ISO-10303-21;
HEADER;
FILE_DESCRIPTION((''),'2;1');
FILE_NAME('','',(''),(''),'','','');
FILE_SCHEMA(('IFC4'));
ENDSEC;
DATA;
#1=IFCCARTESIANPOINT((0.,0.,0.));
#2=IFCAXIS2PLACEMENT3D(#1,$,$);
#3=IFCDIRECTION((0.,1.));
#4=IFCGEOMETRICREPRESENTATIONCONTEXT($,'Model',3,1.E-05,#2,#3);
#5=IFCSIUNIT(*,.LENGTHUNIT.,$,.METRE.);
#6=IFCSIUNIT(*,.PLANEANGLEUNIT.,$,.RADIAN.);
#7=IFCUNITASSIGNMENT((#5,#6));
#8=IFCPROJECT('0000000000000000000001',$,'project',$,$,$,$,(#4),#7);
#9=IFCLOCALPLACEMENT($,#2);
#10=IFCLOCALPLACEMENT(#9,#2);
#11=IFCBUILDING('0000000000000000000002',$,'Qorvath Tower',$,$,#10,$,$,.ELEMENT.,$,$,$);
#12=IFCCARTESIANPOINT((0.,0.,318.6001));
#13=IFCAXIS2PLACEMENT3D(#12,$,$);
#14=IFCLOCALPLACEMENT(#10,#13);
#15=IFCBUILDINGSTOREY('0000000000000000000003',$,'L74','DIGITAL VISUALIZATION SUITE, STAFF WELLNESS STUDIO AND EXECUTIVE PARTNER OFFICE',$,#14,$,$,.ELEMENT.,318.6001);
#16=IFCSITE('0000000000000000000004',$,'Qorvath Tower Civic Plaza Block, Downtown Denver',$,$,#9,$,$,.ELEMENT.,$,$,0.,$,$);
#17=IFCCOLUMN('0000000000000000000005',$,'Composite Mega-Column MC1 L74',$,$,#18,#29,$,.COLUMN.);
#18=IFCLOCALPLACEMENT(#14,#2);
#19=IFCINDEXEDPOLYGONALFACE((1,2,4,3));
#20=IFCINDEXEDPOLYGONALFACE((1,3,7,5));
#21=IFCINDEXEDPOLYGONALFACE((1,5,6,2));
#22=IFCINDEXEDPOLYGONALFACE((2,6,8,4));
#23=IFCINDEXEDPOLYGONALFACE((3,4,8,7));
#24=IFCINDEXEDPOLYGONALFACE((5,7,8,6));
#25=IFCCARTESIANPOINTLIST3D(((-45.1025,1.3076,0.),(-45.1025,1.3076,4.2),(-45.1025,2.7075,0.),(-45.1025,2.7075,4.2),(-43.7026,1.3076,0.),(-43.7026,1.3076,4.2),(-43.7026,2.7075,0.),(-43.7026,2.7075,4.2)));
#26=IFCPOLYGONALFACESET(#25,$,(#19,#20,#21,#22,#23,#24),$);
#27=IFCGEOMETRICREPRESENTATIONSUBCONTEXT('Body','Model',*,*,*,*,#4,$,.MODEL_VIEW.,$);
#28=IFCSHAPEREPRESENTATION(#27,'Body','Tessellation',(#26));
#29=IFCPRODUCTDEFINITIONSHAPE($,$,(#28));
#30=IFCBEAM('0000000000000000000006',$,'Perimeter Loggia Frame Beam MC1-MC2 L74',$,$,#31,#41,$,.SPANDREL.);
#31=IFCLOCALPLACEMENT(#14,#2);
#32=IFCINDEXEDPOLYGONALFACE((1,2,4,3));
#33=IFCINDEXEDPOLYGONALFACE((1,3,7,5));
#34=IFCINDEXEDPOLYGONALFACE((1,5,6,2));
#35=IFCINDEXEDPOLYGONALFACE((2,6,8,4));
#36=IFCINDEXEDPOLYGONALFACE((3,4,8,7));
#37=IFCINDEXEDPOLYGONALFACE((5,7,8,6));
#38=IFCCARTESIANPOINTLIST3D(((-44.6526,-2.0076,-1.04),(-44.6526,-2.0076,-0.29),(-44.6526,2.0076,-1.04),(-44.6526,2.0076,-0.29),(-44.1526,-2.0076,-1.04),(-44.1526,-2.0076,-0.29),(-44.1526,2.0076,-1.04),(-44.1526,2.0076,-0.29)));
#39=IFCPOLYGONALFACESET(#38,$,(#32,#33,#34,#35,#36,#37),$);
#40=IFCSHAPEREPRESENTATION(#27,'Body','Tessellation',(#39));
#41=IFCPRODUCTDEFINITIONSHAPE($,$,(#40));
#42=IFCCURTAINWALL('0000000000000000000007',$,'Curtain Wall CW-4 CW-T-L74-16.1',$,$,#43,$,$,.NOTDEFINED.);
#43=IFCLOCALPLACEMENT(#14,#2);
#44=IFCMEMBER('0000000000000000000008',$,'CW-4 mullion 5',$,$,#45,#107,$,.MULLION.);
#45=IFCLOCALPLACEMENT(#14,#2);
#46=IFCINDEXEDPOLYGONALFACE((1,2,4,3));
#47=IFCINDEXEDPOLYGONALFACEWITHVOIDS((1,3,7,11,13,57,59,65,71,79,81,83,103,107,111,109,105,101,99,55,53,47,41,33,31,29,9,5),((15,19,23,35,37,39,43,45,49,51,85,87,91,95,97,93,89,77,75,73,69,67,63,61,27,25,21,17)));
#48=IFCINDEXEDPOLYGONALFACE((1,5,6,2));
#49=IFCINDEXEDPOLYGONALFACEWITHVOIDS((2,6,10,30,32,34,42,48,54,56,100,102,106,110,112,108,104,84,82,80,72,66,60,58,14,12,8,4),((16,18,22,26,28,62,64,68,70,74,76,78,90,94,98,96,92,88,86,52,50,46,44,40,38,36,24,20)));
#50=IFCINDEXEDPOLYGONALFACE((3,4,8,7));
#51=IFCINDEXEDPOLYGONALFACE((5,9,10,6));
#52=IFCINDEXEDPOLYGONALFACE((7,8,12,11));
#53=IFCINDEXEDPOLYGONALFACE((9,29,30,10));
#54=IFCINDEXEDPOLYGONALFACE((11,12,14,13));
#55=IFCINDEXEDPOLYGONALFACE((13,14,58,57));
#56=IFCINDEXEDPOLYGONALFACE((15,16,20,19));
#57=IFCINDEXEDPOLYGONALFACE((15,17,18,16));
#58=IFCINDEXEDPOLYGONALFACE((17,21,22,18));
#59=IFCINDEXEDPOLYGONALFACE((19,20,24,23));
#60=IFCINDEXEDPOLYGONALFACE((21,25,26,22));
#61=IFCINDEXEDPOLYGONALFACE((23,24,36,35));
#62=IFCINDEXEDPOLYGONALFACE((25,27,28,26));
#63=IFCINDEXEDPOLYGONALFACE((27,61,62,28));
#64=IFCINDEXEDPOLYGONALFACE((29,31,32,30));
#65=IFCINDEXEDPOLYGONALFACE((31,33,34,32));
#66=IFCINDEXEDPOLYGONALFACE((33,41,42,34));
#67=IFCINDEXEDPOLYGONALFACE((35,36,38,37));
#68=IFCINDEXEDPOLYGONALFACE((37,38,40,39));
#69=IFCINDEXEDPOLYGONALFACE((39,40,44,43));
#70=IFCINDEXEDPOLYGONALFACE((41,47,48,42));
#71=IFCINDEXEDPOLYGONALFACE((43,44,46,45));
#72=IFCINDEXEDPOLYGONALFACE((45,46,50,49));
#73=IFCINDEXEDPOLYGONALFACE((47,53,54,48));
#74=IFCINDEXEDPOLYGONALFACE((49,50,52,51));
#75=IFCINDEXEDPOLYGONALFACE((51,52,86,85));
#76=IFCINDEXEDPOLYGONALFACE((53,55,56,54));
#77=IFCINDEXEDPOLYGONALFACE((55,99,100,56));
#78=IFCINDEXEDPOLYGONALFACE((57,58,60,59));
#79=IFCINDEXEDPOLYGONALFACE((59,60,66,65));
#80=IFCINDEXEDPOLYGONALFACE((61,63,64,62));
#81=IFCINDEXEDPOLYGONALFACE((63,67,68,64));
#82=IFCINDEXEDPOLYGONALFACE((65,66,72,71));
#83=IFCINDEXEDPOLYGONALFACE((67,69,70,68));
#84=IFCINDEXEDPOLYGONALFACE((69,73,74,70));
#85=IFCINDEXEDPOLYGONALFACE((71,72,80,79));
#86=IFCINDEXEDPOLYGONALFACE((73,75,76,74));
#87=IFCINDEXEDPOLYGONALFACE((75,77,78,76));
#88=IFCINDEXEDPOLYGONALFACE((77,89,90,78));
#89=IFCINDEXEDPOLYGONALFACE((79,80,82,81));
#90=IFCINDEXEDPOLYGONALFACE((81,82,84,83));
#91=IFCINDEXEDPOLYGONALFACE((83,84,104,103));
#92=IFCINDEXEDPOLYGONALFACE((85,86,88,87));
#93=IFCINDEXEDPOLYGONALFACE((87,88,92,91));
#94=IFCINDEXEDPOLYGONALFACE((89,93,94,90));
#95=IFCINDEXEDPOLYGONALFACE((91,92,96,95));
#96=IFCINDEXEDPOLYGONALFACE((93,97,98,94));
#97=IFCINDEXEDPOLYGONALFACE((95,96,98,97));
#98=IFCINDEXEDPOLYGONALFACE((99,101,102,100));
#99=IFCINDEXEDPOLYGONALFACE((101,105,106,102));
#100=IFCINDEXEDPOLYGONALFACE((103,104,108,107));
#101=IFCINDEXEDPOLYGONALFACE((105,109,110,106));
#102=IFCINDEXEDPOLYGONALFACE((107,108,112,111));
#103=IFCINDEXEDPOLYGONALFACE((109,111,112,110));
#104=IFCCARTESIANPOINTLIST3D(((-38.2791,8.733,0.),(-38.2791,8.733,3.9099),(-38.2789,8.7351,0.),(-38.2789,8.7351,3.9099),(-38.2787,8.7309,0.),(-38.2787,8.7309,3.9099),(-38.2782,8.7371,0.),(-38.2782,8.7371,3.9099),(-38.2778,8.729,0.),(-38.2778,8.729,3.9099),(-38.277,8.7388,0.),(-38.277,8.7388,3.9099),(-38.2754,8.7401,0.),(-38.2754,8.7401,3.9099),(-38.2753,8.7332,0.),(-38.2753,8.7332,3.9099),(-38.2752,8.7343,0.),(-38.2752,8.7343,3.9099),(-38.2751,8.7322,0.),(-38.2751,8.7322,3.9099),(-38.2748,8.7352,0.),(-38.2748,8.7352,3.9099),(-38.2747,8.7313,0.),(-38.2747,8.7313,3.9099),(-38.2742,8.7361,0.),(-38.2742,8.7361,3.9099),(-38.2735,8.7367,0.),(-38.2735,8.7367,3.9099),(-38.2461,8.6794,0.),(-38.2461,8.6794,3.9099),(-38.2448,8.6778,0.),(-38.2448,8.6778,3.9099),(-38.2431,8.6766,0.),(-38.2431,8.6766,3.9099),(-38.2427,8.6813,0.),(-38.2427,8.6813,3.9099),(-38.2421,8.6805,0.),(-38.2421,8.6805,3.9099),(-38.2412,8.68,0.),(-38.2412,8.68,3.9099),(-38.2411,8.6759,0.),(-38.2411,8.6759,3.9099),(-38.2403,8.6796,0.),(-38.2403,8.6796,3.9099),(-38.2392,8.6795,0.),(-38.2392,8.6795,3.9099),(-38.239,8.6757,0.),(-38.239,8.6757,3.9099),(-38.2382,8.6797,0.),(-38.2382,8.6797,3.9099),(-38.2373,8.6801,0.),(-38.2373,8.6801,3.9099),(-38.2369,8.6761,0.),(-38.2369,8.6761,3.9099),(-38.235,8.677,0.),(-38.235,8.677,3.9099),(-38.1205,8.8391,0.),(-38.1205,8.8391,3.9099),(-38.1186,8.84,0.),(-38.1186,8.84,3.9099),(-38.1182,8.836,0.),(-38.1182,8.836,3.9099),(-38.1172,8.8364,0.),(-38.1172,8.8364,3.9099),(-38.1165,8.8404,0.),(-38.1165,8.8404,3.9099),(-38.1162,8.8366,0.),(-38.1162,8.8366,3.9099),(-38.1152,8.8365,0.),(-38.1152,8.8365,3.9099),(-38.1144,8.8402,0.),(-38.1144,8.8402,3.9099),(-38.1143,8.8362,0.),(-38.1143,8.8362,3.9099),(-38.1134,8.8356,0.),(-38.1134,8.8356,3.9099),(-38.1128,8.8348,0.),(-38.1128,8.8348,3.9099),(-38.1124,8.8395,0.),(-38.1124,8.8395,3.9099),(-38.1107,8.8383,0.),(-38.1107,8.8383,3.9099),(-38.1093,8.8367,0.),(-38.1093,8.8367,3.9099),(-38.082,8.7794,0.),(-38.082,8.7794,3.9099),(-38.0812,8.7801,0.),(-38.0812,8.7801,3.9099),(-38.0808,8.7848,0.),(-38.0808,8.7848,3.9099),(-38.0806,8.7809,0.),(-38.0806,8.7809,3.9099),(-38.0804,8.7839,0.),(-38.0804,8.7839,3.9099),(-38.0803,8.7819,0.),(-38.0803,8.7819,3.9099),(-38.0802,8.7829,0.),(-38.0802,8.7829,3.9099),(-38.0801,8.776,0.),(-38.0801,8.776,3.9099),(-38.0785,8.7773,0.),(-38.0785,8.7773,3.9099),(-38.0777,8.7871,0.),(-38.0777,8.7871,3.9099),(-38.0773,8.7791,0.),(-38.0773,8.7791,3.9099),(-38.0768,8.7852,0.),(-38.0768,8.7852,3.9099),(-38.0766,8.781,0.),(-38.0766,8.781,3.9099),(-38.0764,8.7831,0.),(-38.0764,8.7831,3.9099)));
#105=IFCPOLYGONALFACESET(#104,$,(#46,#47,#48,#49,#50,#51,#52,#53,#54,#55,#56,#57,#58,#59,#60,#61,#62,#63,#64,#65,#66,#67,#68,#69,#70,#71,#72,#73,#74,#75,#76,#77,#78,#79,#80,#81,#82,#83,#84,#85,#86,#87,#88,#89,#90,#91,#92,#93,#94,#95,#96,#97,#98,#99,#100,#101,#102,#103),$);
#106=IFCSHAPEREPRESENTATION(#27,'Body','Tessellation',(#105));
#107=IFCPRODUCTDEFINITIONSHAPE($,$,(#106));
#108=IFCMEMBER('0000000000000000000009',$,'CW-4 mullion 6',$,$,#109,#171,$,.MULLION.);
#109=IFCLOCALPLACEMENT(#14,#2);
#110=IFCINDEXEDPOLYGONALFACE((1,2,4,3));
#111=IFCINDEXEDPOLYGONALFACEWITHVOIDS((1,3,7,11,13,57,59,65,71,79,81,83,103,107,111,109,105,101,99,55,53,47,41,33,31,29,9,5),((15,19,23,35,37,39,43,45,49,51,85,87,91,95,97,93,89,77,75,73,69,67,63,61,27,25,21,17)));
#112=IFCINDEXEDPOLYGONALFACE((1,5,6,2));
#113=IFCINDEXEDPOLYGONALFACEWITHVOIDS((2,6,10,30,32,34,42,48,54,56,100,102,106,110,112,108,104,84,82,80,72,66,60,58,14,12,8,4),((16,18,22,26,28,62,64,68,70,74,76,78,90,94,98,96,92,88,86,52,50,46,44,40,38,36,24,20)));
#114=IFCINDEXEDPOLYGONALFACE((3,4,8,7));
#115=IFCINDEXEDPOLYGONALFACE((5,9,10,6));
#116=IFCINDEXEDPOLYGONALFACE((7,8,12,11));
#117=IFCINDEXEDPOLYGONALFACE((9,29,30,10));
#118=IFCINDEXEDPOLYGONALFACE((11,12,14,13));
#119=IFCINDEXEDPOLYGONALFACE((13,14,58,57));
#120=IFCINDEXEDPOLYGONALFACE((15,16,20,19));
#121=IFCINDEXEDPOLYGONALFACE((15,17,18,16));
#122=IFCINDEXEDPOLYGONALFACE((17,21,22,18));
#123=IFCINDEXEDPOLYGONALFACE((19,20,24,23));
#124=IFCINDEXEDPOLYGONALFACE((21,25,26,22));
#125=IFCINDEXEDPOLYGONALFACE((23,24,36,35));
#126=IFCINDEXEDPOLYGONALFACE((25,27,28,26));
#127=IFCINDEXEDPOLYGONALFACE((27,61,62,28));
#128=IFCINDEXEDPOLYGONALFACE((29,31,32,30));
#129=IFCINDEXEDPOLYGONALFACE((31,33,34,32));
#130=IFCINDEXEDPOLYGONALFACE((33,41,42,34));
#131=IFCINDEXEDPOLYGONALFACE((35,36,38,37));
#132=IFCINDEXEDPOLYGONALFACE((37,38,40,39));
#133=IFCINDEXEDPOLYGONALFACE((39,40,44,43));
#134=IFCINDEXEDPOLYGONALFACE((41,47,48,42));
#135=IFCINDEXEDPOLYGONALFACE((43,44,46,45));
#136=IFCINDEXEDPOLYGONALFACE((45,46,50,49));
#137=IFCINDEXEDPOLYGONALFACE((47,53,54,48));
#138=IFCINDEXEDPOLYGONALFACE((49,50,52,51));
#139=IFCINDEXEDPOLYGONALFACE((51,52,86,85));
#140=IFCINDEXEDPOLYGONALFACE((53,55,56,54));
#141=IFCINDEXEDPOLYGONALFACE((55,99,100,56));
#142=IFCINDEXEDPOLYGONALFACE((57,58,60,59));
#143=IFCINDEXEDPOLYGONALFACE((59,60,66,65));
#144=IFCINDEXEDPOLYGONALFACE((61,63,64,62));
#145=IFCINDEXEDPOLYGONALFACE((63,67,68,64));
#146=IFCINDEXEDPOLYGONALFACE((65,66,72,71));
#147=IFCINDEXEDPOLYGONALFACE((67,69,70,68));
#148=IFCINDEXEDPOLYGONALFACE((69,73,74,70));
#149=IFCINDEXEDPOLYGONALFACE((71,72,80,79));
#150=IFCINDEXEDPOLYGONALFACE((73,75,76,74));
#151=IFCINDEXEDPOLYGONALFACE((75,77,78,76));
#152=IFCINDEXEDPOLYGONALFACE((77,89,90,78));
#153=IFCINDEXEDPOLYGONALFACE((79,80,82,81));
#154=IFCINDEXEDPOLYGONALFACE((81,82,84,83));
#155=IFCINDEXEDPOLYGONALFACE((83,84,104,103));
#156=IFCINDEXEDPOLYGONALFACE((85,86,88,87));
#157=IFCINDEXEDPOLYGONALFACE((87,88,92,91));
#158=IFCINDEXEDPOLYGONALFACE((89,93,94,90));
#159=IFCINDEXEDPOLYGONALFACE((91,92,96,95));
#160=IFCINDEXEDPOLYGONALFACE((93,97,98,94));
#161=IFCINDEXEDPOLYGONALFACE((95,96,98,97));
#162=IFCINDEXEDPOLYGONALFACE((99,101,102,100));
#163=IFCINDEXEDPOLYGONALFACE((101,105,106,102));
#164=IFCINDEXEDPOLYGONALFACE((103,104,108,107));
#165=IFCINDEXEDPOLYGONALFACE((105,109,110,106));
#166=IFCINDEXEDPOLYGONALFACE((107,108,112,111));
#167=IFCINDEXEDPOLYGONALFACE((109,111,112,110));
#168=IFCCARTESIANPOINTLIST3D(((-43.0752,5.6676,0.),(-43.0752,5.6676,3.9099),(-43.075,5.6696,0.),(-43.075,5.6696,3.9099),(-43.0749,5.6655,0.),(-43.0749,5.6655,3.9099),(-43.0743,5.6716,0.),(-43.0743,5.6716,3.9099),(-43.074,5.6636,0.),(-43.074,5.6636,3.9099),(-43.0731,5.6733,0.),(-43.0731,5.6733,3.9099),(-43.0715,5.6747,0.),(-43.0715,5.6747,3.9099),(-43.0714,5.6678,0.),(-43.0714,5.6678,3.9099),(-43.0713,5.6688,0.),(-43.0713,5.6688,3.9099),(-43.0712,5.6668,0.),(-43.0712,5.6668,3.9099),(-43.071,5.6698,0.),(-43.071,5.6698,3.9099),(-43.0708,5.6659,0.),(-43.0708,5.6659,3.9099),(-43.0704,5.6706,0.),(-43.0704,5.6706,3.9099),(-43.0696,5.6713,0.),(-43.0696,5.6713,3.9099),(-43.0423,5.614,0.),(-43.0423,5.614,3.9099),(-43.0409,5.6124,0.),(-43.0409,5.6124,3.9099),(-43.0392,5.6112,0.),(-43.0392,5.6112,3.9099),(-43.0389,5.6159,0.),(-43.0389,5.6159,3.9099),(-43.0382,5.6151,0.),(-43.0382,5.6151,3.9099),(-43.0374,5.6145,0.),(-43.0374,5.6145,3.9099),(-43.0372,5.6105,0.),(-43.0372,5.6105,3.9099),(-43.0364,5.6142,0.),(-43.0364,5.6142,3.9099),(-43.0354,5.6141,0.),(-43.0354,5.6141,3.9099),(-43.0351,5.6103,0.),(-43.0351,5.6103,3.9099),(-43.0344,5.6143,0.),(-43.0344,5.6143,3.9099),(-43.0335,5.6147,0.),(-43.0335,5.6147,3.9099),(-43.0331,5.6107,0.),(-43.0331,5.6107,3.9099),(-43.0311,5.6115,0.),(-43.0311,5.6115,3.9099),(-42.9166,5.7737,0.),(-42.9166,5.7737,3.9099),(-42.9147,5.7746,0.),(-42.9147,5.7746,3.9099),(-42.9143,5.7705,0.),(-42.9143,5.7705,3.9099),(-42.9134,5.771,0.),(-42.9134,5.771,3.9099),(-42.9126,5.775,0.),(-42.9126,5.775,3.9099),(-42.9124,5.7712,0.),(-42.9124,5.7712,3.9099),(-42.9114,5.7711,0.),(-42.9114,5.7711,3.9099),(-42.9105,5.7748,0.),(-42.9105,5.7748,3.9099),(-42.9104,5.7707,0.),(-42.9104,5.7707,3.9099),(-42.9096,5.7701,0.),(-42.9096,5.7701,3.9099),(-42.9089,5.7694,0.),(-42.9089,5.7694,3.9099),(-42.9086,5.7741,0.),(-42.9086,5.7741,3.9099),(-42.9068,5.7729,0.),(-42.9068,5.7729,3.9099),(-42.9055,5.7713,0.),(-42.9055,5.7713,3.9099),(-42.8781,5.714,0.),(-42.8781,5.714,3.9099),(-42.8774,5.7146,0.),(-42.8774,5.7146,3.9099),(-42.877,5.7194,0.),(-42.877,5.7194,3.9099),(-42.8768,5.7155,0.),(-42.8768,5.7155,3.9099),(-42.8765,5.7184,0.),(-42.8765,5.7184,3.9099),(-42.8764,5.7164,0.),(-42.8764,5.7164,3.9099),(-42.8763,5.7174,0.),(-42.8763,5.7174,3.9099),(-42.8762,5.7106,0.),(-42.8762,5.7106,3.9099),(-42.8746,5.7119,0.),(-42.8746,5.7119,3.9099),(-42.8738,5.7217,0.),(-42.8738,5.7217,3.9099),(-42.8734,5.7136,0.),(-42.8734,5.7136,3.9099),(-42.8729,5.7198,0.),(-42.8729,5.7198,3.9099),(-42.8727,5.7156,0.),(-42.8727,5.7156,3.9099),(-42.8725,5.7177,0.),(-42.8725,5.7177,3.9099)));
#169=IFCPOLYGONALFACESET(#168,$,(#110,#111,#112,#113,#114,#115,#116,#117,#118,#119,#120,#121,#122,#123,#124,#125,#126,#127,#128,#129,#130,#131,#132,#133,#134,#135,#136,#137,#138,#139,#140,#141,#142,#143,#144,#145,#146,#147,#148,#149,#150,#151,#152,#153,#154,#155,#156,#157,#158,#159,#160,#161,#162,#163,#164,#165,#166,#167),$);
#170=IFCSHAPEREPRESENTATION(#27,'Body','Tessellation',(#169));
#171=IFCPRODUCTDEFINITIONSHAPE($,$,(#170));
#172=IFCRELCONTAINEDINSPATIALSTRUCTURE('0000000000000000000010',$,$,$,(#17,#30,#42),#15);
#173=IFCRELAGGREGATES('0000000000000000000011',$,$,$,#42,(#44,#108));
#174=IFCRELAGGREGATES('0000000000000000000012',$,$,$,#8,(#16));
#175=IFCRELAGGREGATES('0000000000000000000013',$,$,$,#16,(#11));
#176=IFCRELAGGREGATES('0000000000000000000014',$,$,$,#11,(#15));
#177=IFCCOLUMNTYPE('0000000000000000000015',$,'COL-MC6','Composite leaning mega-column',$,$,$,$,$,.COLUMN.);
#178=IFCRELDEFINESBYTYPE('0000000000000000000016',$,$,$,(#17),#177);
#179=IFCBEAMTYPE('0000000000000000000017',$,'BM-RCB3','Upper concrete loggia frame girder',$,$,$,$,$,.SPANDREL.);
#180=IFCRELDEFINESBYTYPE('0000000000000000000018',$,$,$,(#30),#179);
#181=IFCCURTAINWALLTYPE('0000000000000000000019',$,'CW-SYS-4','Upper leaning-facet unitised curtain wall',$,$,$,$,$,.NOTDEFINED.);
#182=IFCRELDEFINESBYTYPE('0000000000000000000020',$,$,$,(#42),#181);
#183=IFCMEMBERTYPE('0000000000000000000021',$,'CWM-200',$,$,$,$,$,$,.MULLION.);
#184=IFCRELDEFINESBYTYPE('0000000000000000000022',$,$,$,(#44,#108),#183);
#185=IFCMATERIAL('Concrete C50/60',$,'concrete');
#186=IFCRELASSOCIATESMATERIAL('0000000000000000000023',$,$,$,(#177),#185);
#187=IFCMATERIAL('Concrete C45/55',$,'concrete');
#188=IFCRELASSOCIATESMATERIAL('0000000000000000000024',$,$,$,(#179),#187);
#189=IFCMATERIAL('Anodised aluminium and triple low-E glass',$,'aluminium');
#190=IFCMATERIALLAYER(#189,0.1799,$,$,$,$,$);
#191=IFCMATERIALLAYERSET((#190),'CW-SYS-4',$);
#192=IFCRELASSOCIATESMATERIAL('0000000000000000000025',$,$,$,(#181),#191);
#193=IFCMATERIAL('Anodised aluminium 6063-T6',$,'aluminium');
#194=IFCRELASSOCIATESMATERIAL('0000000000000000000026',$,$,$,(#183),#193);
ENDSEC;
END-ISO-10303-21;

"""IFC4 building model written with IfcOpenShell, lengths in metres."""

from ifc_helpers import new_model, si_unit, direction, frame, origin, origin_2d, place, context, subcontext, project, spatial, rectangle, hollow_rectangle, extrude, material, layer, layer_set, material_profile, profile_set, type_object, element, aggregate, save


model = new_model("IFC4")

# Units and contexts
model_context = context("Model", 3, precision=1e-05, world=origin(), true_north=direction((0.0, 1.0)))
body_context = subcontext(model_context, "Body", "Model", "MODEL_VIEW")
ifc_project = project(units=[si_unit("LENGTHUNIT", "METRE"), si_unit("PLANEANGLEUNIT", "RADIAN")], contexts=[model_context])

# Site, building, storey
site_placement = place(None, origin())
site = spatial("IfcSite", under=ifc_project, at=site_placement, Name="Qorvath Tower Civic Plaza Block, Downtown Denver", CompositionType="ELEMENT", RefElevation=0.0)
building_placement = place(site_placement, origin())
building = spatial("IfcBuilding", under=site, at=building_placement, Name="Qorvath Tower", CompositionType="ELEMENT")
storey_placement = place(building_placement, frame((0.0, 0.0, 318.6001)))
storey = spatial("IfcBuildingStorey", under=building, at=storey_placement, Name="L74", Description="DIGITAL VISUALIZATION SUITE, STAFF WELLNESS STUDIO AND EXECUTIVE PARTNER OFFICE", CompositionType="ELEMENT", Elevation=318.6001)

# Column
ifc_material_1 = material(Name="Concrete C50/60", Category="concrete")
ifc_material_profile_1 = material_profile(ifc_material_1, rectangle(XDim=1.3999, YDim=1.3999, at=origin_2d()), Name="MC 1400x1400")
ifc_profile_set_1 = profile_set([ifc_material_profile_1], Name="Concrete C50/60")
column_type = type_object("IfcColumnType", Name="COL-MC6", Description="Composite leaning mega-column", PredefinedType="COLUMN", material=ifc_profile_set_1)
column_placement = place(storey_placement, frame((-44.4026, 2.0076, 0.0), z_axis=(0.0, 0.0, 1.0), x_axis=(1.0, 0.0, 0.0)))
element("IfcColumn", 1, at=column_placement, inside=storey, type_object=column_type, Name="Composite Mega-Column MC1 L74", PredefinedType="COLUMN", context=body_context, shape_type="SweptSolid", body=[
    extrude(rectangle(XDim=1.3999, YDim=1.3999, at=origin_2d()), origin(), (0.0, 0.0, 1.0), 4.2),
])

# Beam
ifc_material_2 = material(Name="Concrete C45/55", Category="concrete")
ifc_material_profile_2 = material_profile(ifc_material_2, rectangle(XDim=0.5, YDim=0.75, at=origin_2d()), Name="RCB 750x500")
ifc_profile_set_2 = profile_set([ifc_material_profile_2], Name="Concrete C45/55")
beam_type = type_object("IfcBeamType", Name="BM-RCB3", Description="Upper concrete loggia frame girder", PredefinedType="SPANDREL", material=ifc_profile_set_2)
beam_placement = place(storey_placement, frame((-44.4026, 2.0076, -0.665), z_axis=(0.0, -1.0, 0.0), x_axis=(1.0, 0.0, 0.0)))
element("IfcBeam", 2, at=beam_placement, inside=storey, type_object=beam_type, Name="Perimeter Loggia Frame Beam MC1-MC2 L74", PredefinedType="SPANDREL", context=body_context, shape_type="SweptSolid", body=[
    extrude(rectangle(XDim=0.5, YDim=0.75, at=origin_2d()), origin(), (0.0, 0.0, 1.0), 4.0151),
])

# Curtain wall, members
ifc_material_3 = material(Name="Anodised aluminium and triple low-E glass", Category="aluminium")
ifc_layer_1 = layer(ifc_material_3, 0.1799)
ifc_layer_set_1 = layer_set([ifc_layer_1], Name="CW-SYS-4")
curtain_wall_type = type_object("IfcCurtainWallType", Name="CW-SYS-4", Description="Upper leaning-facet unitised curtain wall", PredefinedType="NOTDEFINED", material=ifc_layer_set_1)
curtain_wall_placement = place(storey_placement, origin())
curtain_wall = element("IfcCurtainWall", 3, at=curtain_wall_placement, inside=storey, type_object=curtain_wall_type, Name="Curtain Wall CW-4 CW-T-L74-16.1", PredefinedType="NOTDEFINED")
ifc_material_4 = material(Name="Anodised aluminium 6063-T6", Category="aluminium")
ifc_material_profile_3 = material_profile(ifc_material_4, hollow_rectangle(XDim=0.075, YDim=0.2, WallThickness=0.0039, InnerFilletRadius=0.0039, OuterFilletRadius=0.0081, at=origin_2d()), Name="CWM 200x75")
ifc_profile_set_3 = profile_set([ifc_material_profile_3], Name="Anodised aluminium 6063-T6")
member_type_1 = type_object("IfcMemberType", Name="CWM-200", PredefinedType="MULLION", material=ifc_profile_set_3)
member_1_placement = place(storey_placement, frame((-38.1777, 8.7581, 0.0), z_axis=(0.0, 0.0, 1.0), x_axis=(0.538532, -0.842605, 0.0)))
member_1 = element("IfcMember", 4, at=member_1_placement, type_object=member_type_1, Name="CW-4 mullion 5", PredefinedType="MULLION", context=body_context, shape_type="SweptSolid", body=[
    extrude(hollow_rectangle(XDim=0.075, YDim=0.2, WallThickness=0.0039, InnerFilletRadius=0.0039, OuterFilletRadius=0.0081, at=origin_2d()), origin(), (0.0, 0.0, 1.0), 3.9099),
])
member_2_placement = place(storey_placement, frame((-42.9739, 5.6926, 0.0), z_axis=(0.0, 0.0, 1.0), x_axis=(0.538532, -0.842605, 0.0)))
member_2 = element("IfcMember", 5, at=member_2_placement, type_object=member_type_1, Name="CW-4 mullion 6", PredefinedType="MULLION", context=body_context, shape_type="SweptSolid", body=[
    extrude(hollow_rectangle(XDim=0.075, YDim=0.2, WallThickness=0.0039, InnerFilletRadius=0.0039, OuterFilletRadius=0.0081, at=origin_2d()), origin(), (0.0, 0.0, 1.0), 3.9099),
])
aggregate(curtain_wall, [member_1, member_2])

save(model, "model.ifc")
